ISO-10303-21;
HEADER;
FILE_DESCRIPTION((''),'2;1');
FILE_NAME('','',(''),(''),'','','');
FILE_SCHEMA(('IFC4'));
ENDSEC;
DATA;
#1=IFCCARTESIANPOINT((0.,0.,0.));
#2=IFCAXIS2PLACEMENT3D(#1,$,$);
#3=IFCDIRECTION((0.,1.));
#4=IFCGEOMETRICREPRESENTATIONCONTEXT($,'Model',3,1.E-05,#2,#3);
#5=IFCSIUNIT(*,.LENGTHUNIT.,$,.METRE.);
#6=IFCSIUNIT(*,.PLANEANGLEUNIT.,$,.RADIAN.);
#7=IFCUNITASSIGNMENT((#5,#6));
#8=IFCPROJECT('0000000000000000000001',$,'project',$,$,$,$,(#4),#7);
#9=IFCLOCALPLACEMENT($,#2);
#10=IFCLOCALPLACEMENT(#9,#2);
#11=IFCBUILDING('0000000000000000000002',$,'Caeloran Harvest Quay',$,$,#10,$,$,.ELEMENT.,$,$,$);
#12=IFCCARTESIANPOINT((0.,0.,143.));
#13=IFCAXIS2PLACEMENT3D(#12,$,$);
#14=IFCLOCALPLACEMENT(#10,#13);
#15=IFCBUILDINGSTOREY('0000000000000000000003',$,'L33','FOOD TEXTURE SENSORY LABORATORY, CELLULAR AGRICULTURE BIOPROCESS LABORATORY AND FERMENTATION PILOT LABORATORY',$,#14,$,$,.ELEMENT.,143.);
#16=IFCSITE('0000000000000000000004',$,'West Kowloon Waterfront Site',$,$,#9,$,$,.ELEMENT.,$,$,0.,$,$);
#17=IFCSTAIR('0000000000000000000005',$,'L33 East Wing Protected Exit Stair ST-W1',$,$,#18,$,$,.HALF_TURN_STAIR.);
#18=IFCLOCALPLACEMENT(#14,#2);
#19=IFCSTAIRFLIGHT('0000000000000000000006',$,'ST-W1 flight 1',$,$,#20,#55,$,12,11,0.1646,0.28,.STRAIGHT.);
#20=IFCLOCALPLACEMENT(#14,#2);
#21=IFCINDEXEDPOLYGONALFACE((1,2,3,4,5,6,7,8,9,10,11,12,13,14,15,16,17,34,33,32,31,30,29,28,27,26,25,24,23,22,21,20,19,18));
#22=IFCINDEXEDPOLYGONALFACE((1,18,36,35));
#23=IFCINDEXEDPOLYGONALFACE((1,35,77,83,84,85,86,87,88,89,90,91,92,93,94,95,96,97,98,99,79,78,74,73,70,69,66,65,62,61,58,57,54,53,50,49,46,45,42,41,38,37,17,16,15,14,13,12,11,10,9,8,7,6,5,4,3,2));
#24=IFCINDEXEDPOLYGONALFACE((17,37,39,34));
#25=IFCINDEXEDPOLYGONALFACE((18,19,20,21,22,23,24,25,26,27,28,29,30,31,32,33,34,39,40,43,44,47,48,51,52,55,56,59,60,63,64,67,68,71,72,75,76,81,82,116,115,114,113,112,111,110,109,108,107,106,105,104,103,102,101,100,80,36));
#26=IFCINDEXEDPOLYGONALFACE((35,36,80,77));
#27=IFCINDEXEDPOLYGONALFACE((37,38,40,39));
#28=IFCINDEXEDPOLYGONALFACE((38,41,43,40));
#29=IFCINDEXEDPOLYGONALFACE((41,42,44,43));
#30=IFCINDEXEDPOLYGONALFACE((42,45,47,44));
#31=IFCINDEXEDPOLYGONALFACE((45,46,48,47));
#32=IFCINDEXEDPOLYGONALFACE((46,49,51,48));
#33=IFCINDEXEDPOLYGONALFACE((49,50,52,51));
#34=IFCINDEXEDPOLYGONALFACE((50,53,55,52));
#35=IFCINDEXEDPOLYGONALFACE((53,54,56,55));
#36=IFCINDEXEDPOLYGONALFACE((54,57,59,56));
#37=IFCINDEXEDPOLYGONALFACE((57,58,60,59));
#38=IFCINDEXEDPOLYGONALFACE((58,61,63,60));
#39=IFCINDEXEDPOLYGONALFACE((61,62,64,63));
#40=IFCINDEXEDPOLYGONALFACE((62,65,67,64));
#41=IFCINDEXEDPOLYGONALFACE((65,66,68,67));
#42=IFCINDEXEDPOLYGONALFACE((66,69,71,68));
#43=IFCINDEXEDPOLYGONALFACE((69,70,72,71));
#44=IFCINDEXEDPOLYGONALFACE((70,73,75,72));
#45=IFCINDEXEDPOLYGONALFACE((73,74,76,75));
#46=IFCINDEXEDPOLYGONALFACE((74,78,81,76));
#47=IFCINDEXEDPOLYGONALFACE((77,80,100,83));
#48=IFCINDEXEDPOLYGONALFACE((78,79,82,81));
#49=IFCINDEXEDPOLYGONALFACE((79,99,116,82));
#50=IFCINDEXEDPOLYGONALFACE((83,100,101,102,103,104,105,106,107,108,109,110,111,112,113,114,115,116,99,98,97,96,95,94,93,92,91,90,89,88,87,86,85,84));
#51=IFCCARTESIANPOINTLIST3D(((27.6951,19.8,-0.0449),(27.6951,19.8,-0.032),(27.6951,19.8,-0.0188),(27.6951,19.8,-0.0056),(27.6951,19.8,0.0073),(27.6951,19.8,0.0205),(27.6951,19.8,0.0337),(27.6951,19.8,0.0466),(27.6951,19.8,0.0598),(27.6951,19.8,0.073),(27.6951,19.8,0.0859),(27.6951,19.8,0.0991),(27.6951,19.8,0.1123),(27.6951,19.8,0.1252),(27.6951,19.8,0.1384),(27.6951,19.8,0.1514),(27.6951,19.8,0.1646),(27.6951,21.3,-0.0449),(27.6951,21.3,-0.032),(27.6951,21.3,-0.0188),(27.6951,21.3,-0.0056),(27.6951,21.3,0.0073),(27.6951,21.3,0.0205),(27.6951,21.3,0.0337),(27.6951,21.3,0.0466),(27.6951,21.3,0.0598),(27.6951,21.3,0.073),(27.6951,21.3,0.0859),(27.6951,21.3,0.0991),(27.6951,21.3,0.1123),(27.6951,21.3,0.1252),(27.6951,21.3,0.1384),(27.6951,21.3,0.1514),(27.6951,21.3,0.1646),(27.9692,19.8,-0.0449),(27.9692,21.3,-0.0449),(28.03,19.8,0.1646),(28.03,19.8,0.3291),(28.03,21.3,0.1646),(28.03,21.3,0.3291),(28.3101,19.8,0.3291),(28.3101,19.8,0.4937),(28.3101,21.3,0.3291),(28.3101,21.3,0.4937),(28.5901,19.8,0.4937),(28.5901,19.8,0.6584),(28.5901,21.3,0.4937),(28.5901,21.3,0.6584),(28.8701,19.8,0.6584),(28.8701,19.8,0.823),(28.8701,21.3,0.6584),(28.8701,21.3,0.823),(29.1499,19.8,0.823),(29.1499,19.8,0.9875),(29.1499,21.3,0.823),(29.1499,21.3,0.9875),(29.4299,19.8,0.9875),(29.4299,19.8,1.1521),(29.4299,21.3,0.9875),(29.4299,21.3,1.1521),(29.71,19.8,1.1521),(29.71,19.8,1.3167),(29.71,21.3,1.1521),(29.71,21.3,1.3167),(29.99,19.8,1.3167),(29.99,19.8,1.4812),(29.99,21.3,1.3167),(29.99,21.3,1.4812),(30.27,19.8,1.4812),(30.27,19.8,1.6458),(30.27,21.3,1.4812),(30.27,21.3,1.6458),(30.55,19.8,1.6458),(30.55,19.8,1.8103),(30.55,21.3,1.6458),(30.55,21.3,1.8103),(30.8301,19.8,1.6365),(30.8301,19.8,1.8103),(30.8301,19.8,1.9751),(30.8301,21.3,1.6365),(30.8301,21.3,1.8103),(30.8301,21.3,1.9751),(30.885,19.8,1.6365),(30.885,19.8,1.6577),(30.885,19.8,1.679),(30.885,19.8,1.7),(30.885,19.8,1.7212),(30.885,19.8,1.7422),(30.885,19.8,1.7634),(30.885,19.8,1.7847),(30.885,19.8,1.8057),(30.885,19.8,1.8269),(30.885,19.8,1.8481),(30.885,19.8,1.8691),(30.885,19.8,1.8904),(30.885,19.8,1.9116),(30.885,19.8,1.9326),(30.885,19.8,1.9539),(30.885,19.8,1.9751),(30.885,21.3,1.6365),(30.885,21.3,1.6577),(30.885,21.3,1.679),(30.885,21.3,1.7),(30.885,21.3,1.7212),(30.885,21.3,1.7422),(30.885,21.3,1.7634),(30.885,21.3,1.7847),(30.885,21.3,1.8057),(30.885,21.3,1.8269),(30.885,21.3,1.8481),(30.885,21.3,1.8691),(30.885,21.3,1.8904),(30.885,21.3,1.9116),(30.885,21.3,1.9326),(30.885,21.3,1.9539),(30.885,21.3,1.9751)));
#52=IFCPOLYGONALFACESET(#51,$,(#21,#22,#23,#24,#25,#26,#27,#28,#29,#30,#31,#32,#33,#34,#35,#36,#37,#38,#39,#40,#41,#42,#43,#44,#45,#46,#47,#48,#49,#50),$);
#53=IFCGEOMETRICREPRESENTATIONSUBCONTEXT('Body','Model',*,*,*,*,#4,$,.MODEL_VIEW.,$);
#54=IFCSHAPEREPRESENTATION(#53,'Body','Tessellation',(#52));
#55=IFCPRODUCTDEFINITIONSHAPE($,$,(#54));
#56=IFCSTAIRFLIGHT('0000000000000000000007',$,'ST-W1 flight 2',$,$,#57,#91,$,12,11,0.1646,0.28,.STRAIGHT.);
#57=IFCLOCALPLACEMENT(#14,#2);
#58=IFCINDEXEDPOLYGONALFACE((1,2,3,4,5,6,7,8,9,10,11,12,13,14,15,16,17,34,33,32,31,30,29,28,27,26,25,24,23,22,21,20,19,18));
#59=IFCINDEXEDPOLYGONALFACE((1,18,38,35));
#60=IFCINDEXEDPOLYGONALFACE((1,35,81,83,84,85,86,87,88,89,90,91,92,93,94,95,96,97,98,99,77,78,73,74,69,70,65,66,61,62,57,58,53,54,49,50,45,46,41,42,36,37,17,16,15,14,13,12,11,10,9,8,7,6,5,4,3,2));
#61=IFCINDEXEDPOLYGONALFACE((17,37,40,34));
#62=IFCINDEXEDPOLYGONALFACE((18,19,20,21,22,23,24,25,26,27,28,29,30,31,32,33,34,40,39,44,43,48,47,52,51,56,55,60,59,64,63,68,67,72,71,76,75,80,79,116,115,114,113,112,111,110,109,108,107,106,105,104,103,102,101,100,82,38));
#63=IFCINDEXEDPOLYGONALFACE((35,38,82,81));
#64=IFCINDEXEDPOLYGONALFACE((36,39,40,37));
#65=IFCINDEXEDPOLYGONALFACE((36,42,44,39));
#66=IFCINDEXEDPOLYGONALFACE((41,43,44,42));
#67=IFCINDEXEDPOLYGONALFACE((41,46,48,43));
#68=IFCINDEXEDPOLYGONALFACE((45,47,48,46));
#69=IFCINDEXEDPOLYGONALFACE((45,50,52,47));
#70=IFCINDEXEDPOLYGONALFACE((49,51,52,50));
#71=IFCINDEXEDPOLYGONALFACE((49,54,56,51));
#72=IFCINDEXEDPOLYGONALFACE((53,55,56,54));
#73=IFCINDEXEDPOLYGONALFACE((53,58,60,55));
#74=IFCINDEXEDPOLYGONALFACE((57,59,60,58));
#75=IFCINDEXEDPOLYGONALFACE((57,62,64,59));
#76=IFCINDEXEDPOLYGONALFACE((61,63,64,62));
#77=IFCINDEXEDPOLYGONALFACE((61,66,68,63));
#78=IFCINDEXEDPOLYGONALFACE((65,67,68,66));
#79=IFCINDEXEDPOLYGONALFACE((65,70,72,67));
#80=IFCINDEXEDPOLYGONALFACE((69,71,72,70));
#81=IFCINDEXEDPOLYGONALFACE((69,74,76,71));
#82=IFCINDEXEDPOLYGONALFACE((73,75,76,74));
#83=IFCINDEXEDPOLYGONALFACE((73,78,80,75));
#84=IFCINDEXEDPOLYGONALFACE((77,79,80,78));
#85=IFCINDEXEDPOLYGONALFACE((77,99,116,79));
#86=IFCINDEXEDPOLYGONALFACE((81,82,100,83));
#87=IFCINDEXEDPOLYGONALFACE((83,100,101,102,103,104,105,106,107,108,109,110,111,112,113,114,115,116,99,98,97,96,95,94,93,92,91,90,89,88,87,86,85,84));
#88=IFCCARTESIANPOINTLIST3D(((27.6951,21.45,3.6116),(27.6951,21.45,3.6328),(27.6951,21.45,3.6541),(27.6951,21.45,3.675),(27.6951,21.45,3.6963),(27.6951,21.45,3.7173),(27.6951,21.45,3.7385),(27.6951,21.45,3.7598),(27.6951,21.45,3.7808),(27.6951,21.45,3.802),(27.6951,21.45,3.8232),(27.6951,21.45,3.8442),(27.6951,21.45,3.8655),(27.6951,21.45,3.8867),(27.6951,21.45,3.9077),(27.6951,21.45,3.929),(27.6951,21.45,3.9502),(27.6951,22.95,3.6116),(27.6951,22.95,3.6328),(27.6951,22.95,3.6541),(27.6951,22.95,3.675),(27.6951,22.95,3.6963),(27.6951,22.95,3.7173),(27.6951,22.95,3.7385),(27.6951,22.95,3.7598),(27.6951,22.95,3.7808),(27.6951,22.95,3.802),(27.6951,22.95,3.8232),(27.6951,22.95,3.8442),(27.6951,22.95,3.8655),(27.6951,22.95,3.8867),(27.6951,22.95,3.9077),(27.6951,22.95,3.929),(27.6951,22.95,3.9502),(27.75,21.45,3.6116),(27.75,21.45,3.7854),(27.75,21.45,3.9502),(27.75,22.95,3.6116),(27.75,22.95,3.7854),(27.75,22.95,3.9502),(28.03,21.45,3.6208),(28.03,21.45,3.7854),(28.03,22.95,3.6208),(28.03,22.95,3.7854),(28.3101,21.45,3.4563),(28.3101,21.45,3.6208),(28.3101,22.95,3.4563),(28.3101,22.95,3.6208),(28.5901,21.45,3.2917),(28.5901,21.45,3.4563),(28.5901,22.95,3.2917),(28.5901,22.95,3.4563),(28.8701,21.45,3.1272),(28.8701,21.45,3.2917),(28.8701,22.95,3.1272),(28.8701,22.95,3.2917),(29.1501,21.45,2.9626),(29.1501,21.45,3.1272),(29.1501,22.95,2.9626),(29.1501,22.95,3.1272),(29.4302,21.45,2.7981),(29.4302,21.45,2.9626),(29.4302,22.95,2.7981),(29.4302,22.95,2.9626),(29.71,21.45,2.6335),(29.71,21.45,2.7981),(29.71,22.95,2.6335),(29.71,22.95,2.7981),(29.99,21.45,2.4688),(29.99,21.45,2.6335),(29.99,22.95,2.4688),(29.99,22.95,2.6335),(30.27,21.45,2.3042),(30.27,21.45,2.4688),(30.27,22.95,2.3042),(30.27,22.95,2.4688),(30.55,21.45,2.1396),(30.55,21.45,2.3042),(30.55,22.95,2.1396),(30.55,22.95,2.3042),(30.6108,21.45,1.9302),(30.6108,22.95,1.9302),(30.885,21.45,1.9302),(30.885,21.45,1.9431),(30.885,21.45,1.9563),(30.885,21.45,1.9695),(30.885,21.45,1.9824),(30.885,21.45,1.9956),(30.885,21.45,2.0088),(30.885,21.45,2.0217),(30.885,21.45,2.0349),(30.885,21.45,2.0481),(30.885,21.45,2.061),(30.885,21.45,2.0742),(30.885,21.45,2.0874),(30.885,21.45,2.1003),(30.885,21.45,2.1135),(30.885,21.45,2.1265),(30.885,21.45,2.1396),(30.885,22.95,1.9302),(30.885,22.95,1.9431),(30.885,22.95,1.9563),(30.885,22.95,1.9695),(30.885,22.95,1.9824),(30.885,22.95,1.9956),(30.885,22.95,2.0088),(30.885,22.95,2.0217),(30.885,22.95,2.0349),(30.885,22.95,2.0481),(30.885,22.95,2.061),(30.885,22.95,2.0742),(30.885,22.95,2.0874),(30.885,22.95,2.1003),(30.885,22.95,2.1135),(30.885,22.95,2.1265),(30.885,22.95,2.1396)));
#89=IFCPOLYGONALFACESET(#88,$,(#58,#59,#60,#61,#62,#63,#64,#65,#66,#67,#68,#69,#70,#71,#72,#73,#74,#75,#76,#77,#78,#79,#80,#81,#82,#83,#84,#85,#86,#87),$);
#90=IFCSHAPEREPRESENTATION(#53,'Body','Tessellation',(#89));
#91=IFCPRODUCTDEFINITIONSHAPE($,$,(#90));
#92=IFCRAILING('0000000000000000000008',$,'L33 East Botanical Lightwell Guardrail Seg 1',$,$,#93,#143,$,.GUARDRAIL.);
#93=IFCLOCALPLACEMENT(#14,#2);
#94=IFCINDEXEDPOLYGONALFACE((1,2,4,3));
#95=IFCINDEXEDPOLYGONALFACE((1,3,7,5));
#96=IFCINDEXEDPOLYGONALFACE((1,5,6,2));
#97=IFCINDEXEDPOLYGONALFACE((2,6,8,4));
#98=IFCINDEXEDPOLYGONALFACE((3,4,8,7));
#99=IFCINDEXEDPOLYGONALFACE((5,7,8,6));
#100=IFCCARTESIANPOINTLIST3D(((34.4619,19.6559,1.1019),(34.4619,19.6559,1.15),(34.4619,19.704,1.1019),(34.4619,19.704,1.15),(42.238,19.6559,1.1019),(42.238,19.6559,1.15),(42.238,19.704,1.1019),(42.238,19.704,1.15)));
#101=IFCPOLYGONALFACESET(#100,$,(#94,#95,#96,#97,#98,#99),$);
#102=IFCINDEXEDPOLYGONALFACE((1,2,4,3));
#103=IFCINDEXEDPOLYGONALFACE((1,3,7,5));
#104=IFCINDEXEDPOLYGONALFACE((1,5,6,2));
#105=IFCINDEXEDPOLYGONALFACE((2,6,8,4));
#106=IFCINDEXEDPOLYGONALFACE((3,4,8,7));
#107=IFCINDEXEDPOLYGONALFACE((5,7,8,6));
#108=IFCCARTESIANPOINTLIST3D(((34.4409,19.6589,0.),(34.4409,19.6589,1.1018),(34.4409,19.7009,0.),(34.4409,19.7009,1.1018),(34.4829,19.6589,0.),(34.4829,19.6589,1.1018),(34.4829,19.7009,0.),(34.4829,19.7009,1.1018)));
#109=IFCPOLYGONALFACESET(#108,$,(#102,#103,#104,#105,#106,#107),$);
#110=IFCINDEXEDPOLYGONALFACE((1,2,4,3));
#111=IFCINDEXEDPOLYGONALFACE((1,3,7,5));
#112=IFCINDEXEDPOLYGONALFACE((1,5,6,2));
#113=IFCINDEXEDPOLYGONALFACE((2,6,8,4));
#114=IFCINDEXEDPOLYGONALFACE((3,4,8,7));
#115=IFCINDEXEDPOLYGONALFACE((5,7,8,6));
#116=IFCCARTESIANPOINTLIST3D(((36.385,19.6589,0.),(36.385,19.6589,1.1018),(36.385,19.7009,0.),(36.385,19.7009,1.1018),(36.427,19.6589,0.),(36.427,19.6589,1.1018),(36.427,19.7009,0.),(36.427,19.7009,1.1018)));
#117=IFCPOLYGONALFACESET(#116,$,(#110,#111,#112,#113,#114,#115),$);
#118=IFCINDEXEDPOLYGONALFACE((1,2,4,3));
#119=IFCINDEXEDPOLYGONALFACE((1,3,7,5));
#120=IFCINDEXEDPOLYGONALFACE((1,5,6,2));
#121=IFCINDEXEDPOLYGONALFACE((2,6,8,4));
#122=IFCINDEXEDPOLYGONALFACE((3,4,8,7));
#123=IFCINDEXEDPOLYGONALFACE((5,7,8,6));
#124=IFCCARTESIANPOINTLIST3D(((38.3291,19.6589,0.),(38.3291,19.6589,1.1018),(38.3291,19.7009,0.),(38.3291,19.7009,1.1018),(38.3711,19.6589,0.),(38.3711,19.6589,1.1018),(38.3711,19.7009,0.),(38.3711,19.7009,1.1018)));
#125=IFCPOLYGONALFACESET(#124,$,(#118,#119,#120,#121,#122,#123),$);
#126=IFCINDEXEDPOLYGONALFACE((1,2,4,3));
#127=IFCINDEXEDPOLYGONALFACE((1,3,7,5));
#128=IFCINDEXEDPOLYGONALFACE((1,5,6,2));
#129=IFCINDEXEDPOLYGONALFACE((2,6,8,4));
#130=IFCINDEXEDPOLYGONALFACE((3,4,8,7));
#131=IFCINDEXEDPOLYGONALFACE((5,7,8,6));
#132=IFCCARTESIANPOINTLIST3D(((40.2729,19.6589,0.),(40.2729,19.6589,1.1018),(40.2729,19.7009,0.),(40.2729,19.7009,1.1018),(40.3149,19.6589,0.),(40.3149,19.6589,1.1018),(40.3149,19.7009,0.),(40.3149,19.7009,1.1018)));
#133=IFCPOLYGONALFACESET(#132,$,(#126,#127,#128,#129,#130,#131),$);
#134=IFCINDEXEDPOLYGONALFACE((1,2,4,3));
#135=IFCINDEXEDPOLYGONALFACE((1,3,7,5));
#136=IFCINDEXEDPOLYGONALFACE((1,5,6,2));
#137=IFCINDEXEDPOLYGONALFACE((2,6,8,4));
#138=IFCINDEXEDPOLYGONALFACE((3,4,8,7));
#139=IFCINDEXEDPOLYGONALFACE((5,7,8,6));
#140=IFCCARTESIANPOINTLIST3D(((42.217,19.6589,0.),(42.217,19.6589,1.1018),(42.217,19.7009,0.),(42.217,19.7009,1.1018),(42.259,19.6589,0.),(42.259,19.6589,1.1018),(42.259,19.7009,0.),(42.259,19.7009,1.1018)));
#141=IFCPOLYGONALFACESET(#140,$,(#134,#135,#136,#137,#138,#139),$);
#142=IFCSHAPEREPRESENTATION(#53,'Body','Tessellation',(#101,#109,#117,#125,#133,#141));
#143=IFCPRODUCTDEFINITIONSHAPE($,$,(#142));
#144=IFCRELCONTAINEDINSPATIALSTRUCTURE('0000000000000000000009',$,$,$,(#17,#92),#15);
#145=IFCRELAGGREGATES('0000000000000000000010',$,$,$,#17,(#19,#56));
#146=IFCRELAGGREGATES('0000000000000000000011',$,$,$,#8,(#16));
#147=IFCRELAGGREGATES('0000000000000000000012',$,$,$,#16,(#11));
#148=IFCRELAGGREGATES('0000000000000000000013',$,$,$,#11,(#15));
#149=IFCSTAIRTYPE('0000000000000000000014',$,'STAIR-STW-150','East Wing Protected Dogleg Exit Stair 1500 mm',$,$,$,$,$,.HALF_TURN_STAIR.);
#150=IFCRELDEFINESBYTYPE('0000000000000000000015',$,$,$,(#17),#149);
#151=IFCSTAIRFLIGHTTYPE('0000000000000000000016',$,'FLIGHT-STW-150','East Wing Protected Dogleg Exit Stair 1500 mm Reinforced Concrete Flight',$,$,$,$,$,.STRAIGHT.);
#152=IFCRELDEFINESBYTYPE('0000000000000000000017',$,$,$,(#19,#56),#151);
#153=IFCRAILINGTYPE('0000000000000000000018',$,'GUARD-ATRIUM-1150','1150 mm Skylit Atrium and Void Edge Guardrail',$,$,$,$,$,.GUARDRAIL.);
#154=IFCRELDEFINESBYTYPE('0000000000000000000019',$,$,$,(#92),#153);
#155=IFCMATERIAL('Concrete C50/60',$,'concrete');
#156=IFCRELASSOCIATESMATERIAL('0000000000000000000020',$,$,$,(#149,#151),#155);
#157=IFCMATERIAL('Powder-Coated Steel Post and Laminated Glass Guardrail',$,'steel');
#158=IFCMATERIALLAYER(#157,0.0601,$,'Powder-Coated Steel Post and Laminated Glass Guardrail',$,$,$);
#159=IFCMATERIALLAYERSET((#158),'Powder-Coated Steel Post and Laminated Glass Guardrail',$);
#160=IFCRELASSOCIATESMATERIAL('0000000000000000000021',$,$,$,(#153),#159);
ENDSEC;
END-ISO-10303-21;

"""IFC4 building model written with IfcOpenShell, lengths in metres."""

from ifc_helpers import new_model, si_unit, direction, frame, origin, origin_2d, place, context, subcontext, project, spatial, polyline, rectangle, outline, extrude, material, layer, layer_set, type_object, element, aggregate, save


model = new_model("IFC4")

# Units and contexts
model_context = context("Model", 3, precision=1e-05, world=origin(), true_north=direction((0.0, 1.0)))
body_context = subcontext(model_context, "Body", "Model", "MODEL_VIEW")
ifc_project = project(units=[si_unit("LENGTHUNIT", "METRE"), si_unit("PLANEANGLEUNIT", "RADIAN")], contexts=[model_context])

# Site, building, storey
site_placement = place(None, origin())
site = spatial("IfcSite", under=ifc_project, at=site_placement, Name="West Kowloon Waterfront Site", CompositionType="ELEMENT", RefElevation=0.0)
building_placement = place(site_placement, origin())
building = spatial("IfcBuilding", under=site, at=building_placement, Name="Caeloran Harvest Quay", CompositionType="ELEMENT")
storey_placement = place(building_placement, frame((0.0, 0.0, 143.0)))
storey = spatial("IfcBuildingStorey", under=building, at=storey_placement, Name="L33", Description="FOOD TEXTURE SENSORY LABORATORY, CELLULAR AGRICULTURE BIOPROCESS LABORATORY AND FERMENTATION PILOT LABORATORY", CompositionType="ELEMENT", Elevation=143.0)

# Stair, stair flights
ifc_material_1 = material(Name="Concrete C50/60", Category="concrete")
stair_type = type_object("IfcStairType", Name="STAIR-STW-150", Description="East Wing Protected Dogleg Exit Stair 1500 mm", PredefinedType="HALF_TURN_STAIR", material=ifc_material_1)
stair_placement = place(storey_placement, origin())
stair = element("IfcStair", 1, at=stair_placement, inside=storey, type_object=stair_type, Name="L33 East Wing Protected Exit Stair ST-W1", PredefinedType="HALF_TURN_STAIR")
stair_flight_type = type_object("IfcStairFlightType", Name="FLIGHT-STW-150", Description="East Wing Protected Dogleg Exit Stair 1500 mm Reinforced Concrete Flight", PredefinedType="STRAIGHT", material=ifc_material_1)
stair_flight_1_placement = place(storey_placement, frame((27.75, 20.55, 0.0), z_axis=(0.0, 0.0, 1.0), x_axis=(1.0, 0.0, 0.0)))
stair_flight_1 = element("IfcStairFlight", 2, at=stair_flight_1_placement, type_object=stair_flight_type, Name="ST-W1 flight 1", NumberOfRisers=12, NumberOfTreads=11, PredefinedType="STRAIGHT", RiserHeight=0.1646, TreadLength=0.28, context=body_context, shape_type="SweptSolid", body=[
    extrude(outline(polyline([(-0.0549, -0.0449), (-0.0549, -0.032), (-0.0549, -0.0188), (-0.0549, -0.0056), (-0.0549, 0.0073), (-0.0549, 0.0205), (-0.0549, 0.0337), (-0.0549, 0.0466), (-0.0549, 0.0598), (-0.0549, 0.073), (-0.0549, 0.0859), (-0.0549, 0.0991), (-0.0549, 0.1123), (-0.0549, 0.1252), (-0.0549, 0.1384), (-0.0549, 0.1514), (-0.0549, 0.1646), (0.28, 0.1646), (0.28, 0.3291), (0.5601, 0.3291), (0.5601, 0.4937), (0.8401, 0.4937), (0.8401, 0.6584), (1.1201, 0.6584), (1.1201, 0.823), (1.3999, 0.823), (1.3999, 0.9875), (1.6799, 0.9875), (1.6799, 1.1521), (1.96, 1.1521), (1.96, 1.3167), (2.24, 1.3167), (2.24, 1.4812), (2.52, 1.4812), (2.52, 1.6458), (2.8, 1.6458), (2.8, 1.8103), (3.0801, 1.8103), (3.0801, 1.9751), (3.135, 1.9751), (3.135, 1.9539), (3.135, 1.9326), (3.135, 1.9116), (3.135, 1.8904), (3.135, 1.8691), (3.135, 1.8481), (3.135, 1.8269), (3.135, 1.8057), (3.135, 1.7847), (3.135, 1.7634), (3.135, 1.7422), (3.135, 1.7212), (3.135, 1.7), (3.135, 1.679), (3.135, 1.6577), (3.135, 1.6365), (3.0801, 1.6365), (0.2192, -0.0449), (-0.0549, -0.0449)])), frame((0.0, 0.75, 0.0), z_axis=(0.0, -1.0, 0.0), x_axis=(1.0, 0.0, 0.0)), (0.0, 0.0, 1.0), 1.5),
])
stair_flight_2_placement = place(storey_placement, frame((30.8301, 22.2, 1.9751), z_axis=(0.0, 0.0, 1.0), x_axis=(-1.0, 0.0, 0.0)))
stair_flight_2 = element("IfcStairFlight", 3, at=stair_flight_2_placement, type_object=stair_flight_type, Name="ST-W1 flight 2", NumberOfRisers=12, NumberOfTreads=11, PredefinedType="STRAIGHT", RiserHeight=0.1646, TreadLength=0.28, context=body_context, shape_type="SweptSolid", body=[
    extrude(outline(polyline([(-0.0549, -0.0449), (-0.0549, -0.032), (-0.0549, -0.0188), (-0.0549, -0.0056), (-0.0549, 0.0073), (-0.0549, 0.0205), (-0.0549, 0.0337), (-0.0549, 0.0466), (-0.0549, 0.0598), (-0.0549, 0.073), (-0.0549, 0.0859), (-0.0549, 0.0991), (-0.0549, 0.1123), (-0.0549, 0.1252), (-0.0549, 0.1384), (-0.0549, 0.1514), (-0.0549, 0.1646), (0.28, 0.1646), (0.28, 0.3291), (0.5601, 0.3291), (0.5601, 0.4937), (0.8401, 0.4937), (0.8401, 0.6584), (1.1201, 0.6584), (1.1201, 0.823), (1.3999, 0.823), (1.3999, 0.9875), (1.6799, 0.9875), (1.6799, 1.1521), (1.96, 1.1521), (1.96, 1.3167), (2.24, 1.3167), (2.24, 1.4812), (2.52, 1.4812), (2.52, 1.6458), (2.8, 1.6458), (2.8, 1.8103), (3.0801, 1.8103), (3.0801, 1.9751), (3.135, 1.9751), (3.135, 1.9539), (3.135, 1.9326), (3.135, 1.9116), (3.135, 1.8904), (3.135, 1.8691), (3.135, 1.8481), (3.135, 1.8269), (3.135, 1.8057), (3.135, 1.7847), (3.135, 1.7634), (3.135, 1.7422), (3.135, 1.7212), (3.135, 1.7), (3.135, 1.679), (3.135, 1.6577), (3.135, 1.6365), (3.0801, 1.6365), (0.2192, -0.0449), (-0.0549, -0.0449)])), frame((0.0, 0.75, 0.0), z_axis=(0.0, -1.0, 0.0), x_axis=(1.0, 0.0, 0.0)), (0.0, 0.0, 1.0), 1.5),
])
aggregate(stair, [stair_flight_1, stair_flight_2])

# Railing
ifc_material_2 = material(Name="Powder-Coated Steel Post and Laminated Glass Guardrail", Category="steel")
ifc_layer_1 = layer(ifc_material_2, 0.0601, Name="Powder-Coated Steel Post and Laminated Glass Guardrail")
ifc_layer_set_1 = layer_set([ifc_layer_1], Name="Powder-Coated Steel Post and Laminated Glass Guardrail")
railing_type_1 = type_object("IfcRailingType", Name="GUARD-ATRIUM-1150", Description="1150 mm Skylit Atrium and Void Edge Guardrail", PredefinedType="GUARDRAIL", material=ifc_layer_set_1)
railing_1_placement = place(storey_placement, frame((34.4619, 19.6799, 0.0)))
element("IfcRailing", 4, at=railing_1_placement, inside=storey, type_object=railing_type_1, Name="L33 East Botanical Lightwell Guardrail Seg 1", PredefinedType="GUARDRAIL", context=body_context, shape_type="SweptSolid", body=[
    extrude(rectangle(XDim=0.0481, YDim=0.0481, at=origin_2d()), frame((0.0, 0.0, 1.126), z_axis=(1.0, 0.0, 0.0), x_axis=(0.0, 1.0, 0.0)), (0.0, 0.0, 1.0), 7.7761),
    extrude(rectangle(XDim=0.042, YDim=0.042, at=origin_2d()), origin(), (0.0, 0.0, 1.0), 1.1018),
    extrude(rectangle(XDim=0.042, YDim=0.042, at=origin_2d()), frame((1.9441, 0.0, 0.0)), (0.0, 0.0, 1.0), 1.1018),
    extrude(rectangle(XDim=0.042, YDim=0.042, at=origin_2d()), frame((3.8882, 0.0, 0.0)), (0.0, 0.0, 1.0), 1.1018),
    extrude(rectangle(XDim=0.042, YDim=0.042, at=origin_2d()), frame((5.832, 0.0, 0.0)), (0.0, 0.0, 1.0), 1.1018),
    extrude(rectangle(XDim=0.042, YDim=0.042, at=origin_2d()), frame((7.7761, 0.0, 0.0)), (0.0, 0.0, 1.0), 1.1018),
])

save(model, "model.ifc")
